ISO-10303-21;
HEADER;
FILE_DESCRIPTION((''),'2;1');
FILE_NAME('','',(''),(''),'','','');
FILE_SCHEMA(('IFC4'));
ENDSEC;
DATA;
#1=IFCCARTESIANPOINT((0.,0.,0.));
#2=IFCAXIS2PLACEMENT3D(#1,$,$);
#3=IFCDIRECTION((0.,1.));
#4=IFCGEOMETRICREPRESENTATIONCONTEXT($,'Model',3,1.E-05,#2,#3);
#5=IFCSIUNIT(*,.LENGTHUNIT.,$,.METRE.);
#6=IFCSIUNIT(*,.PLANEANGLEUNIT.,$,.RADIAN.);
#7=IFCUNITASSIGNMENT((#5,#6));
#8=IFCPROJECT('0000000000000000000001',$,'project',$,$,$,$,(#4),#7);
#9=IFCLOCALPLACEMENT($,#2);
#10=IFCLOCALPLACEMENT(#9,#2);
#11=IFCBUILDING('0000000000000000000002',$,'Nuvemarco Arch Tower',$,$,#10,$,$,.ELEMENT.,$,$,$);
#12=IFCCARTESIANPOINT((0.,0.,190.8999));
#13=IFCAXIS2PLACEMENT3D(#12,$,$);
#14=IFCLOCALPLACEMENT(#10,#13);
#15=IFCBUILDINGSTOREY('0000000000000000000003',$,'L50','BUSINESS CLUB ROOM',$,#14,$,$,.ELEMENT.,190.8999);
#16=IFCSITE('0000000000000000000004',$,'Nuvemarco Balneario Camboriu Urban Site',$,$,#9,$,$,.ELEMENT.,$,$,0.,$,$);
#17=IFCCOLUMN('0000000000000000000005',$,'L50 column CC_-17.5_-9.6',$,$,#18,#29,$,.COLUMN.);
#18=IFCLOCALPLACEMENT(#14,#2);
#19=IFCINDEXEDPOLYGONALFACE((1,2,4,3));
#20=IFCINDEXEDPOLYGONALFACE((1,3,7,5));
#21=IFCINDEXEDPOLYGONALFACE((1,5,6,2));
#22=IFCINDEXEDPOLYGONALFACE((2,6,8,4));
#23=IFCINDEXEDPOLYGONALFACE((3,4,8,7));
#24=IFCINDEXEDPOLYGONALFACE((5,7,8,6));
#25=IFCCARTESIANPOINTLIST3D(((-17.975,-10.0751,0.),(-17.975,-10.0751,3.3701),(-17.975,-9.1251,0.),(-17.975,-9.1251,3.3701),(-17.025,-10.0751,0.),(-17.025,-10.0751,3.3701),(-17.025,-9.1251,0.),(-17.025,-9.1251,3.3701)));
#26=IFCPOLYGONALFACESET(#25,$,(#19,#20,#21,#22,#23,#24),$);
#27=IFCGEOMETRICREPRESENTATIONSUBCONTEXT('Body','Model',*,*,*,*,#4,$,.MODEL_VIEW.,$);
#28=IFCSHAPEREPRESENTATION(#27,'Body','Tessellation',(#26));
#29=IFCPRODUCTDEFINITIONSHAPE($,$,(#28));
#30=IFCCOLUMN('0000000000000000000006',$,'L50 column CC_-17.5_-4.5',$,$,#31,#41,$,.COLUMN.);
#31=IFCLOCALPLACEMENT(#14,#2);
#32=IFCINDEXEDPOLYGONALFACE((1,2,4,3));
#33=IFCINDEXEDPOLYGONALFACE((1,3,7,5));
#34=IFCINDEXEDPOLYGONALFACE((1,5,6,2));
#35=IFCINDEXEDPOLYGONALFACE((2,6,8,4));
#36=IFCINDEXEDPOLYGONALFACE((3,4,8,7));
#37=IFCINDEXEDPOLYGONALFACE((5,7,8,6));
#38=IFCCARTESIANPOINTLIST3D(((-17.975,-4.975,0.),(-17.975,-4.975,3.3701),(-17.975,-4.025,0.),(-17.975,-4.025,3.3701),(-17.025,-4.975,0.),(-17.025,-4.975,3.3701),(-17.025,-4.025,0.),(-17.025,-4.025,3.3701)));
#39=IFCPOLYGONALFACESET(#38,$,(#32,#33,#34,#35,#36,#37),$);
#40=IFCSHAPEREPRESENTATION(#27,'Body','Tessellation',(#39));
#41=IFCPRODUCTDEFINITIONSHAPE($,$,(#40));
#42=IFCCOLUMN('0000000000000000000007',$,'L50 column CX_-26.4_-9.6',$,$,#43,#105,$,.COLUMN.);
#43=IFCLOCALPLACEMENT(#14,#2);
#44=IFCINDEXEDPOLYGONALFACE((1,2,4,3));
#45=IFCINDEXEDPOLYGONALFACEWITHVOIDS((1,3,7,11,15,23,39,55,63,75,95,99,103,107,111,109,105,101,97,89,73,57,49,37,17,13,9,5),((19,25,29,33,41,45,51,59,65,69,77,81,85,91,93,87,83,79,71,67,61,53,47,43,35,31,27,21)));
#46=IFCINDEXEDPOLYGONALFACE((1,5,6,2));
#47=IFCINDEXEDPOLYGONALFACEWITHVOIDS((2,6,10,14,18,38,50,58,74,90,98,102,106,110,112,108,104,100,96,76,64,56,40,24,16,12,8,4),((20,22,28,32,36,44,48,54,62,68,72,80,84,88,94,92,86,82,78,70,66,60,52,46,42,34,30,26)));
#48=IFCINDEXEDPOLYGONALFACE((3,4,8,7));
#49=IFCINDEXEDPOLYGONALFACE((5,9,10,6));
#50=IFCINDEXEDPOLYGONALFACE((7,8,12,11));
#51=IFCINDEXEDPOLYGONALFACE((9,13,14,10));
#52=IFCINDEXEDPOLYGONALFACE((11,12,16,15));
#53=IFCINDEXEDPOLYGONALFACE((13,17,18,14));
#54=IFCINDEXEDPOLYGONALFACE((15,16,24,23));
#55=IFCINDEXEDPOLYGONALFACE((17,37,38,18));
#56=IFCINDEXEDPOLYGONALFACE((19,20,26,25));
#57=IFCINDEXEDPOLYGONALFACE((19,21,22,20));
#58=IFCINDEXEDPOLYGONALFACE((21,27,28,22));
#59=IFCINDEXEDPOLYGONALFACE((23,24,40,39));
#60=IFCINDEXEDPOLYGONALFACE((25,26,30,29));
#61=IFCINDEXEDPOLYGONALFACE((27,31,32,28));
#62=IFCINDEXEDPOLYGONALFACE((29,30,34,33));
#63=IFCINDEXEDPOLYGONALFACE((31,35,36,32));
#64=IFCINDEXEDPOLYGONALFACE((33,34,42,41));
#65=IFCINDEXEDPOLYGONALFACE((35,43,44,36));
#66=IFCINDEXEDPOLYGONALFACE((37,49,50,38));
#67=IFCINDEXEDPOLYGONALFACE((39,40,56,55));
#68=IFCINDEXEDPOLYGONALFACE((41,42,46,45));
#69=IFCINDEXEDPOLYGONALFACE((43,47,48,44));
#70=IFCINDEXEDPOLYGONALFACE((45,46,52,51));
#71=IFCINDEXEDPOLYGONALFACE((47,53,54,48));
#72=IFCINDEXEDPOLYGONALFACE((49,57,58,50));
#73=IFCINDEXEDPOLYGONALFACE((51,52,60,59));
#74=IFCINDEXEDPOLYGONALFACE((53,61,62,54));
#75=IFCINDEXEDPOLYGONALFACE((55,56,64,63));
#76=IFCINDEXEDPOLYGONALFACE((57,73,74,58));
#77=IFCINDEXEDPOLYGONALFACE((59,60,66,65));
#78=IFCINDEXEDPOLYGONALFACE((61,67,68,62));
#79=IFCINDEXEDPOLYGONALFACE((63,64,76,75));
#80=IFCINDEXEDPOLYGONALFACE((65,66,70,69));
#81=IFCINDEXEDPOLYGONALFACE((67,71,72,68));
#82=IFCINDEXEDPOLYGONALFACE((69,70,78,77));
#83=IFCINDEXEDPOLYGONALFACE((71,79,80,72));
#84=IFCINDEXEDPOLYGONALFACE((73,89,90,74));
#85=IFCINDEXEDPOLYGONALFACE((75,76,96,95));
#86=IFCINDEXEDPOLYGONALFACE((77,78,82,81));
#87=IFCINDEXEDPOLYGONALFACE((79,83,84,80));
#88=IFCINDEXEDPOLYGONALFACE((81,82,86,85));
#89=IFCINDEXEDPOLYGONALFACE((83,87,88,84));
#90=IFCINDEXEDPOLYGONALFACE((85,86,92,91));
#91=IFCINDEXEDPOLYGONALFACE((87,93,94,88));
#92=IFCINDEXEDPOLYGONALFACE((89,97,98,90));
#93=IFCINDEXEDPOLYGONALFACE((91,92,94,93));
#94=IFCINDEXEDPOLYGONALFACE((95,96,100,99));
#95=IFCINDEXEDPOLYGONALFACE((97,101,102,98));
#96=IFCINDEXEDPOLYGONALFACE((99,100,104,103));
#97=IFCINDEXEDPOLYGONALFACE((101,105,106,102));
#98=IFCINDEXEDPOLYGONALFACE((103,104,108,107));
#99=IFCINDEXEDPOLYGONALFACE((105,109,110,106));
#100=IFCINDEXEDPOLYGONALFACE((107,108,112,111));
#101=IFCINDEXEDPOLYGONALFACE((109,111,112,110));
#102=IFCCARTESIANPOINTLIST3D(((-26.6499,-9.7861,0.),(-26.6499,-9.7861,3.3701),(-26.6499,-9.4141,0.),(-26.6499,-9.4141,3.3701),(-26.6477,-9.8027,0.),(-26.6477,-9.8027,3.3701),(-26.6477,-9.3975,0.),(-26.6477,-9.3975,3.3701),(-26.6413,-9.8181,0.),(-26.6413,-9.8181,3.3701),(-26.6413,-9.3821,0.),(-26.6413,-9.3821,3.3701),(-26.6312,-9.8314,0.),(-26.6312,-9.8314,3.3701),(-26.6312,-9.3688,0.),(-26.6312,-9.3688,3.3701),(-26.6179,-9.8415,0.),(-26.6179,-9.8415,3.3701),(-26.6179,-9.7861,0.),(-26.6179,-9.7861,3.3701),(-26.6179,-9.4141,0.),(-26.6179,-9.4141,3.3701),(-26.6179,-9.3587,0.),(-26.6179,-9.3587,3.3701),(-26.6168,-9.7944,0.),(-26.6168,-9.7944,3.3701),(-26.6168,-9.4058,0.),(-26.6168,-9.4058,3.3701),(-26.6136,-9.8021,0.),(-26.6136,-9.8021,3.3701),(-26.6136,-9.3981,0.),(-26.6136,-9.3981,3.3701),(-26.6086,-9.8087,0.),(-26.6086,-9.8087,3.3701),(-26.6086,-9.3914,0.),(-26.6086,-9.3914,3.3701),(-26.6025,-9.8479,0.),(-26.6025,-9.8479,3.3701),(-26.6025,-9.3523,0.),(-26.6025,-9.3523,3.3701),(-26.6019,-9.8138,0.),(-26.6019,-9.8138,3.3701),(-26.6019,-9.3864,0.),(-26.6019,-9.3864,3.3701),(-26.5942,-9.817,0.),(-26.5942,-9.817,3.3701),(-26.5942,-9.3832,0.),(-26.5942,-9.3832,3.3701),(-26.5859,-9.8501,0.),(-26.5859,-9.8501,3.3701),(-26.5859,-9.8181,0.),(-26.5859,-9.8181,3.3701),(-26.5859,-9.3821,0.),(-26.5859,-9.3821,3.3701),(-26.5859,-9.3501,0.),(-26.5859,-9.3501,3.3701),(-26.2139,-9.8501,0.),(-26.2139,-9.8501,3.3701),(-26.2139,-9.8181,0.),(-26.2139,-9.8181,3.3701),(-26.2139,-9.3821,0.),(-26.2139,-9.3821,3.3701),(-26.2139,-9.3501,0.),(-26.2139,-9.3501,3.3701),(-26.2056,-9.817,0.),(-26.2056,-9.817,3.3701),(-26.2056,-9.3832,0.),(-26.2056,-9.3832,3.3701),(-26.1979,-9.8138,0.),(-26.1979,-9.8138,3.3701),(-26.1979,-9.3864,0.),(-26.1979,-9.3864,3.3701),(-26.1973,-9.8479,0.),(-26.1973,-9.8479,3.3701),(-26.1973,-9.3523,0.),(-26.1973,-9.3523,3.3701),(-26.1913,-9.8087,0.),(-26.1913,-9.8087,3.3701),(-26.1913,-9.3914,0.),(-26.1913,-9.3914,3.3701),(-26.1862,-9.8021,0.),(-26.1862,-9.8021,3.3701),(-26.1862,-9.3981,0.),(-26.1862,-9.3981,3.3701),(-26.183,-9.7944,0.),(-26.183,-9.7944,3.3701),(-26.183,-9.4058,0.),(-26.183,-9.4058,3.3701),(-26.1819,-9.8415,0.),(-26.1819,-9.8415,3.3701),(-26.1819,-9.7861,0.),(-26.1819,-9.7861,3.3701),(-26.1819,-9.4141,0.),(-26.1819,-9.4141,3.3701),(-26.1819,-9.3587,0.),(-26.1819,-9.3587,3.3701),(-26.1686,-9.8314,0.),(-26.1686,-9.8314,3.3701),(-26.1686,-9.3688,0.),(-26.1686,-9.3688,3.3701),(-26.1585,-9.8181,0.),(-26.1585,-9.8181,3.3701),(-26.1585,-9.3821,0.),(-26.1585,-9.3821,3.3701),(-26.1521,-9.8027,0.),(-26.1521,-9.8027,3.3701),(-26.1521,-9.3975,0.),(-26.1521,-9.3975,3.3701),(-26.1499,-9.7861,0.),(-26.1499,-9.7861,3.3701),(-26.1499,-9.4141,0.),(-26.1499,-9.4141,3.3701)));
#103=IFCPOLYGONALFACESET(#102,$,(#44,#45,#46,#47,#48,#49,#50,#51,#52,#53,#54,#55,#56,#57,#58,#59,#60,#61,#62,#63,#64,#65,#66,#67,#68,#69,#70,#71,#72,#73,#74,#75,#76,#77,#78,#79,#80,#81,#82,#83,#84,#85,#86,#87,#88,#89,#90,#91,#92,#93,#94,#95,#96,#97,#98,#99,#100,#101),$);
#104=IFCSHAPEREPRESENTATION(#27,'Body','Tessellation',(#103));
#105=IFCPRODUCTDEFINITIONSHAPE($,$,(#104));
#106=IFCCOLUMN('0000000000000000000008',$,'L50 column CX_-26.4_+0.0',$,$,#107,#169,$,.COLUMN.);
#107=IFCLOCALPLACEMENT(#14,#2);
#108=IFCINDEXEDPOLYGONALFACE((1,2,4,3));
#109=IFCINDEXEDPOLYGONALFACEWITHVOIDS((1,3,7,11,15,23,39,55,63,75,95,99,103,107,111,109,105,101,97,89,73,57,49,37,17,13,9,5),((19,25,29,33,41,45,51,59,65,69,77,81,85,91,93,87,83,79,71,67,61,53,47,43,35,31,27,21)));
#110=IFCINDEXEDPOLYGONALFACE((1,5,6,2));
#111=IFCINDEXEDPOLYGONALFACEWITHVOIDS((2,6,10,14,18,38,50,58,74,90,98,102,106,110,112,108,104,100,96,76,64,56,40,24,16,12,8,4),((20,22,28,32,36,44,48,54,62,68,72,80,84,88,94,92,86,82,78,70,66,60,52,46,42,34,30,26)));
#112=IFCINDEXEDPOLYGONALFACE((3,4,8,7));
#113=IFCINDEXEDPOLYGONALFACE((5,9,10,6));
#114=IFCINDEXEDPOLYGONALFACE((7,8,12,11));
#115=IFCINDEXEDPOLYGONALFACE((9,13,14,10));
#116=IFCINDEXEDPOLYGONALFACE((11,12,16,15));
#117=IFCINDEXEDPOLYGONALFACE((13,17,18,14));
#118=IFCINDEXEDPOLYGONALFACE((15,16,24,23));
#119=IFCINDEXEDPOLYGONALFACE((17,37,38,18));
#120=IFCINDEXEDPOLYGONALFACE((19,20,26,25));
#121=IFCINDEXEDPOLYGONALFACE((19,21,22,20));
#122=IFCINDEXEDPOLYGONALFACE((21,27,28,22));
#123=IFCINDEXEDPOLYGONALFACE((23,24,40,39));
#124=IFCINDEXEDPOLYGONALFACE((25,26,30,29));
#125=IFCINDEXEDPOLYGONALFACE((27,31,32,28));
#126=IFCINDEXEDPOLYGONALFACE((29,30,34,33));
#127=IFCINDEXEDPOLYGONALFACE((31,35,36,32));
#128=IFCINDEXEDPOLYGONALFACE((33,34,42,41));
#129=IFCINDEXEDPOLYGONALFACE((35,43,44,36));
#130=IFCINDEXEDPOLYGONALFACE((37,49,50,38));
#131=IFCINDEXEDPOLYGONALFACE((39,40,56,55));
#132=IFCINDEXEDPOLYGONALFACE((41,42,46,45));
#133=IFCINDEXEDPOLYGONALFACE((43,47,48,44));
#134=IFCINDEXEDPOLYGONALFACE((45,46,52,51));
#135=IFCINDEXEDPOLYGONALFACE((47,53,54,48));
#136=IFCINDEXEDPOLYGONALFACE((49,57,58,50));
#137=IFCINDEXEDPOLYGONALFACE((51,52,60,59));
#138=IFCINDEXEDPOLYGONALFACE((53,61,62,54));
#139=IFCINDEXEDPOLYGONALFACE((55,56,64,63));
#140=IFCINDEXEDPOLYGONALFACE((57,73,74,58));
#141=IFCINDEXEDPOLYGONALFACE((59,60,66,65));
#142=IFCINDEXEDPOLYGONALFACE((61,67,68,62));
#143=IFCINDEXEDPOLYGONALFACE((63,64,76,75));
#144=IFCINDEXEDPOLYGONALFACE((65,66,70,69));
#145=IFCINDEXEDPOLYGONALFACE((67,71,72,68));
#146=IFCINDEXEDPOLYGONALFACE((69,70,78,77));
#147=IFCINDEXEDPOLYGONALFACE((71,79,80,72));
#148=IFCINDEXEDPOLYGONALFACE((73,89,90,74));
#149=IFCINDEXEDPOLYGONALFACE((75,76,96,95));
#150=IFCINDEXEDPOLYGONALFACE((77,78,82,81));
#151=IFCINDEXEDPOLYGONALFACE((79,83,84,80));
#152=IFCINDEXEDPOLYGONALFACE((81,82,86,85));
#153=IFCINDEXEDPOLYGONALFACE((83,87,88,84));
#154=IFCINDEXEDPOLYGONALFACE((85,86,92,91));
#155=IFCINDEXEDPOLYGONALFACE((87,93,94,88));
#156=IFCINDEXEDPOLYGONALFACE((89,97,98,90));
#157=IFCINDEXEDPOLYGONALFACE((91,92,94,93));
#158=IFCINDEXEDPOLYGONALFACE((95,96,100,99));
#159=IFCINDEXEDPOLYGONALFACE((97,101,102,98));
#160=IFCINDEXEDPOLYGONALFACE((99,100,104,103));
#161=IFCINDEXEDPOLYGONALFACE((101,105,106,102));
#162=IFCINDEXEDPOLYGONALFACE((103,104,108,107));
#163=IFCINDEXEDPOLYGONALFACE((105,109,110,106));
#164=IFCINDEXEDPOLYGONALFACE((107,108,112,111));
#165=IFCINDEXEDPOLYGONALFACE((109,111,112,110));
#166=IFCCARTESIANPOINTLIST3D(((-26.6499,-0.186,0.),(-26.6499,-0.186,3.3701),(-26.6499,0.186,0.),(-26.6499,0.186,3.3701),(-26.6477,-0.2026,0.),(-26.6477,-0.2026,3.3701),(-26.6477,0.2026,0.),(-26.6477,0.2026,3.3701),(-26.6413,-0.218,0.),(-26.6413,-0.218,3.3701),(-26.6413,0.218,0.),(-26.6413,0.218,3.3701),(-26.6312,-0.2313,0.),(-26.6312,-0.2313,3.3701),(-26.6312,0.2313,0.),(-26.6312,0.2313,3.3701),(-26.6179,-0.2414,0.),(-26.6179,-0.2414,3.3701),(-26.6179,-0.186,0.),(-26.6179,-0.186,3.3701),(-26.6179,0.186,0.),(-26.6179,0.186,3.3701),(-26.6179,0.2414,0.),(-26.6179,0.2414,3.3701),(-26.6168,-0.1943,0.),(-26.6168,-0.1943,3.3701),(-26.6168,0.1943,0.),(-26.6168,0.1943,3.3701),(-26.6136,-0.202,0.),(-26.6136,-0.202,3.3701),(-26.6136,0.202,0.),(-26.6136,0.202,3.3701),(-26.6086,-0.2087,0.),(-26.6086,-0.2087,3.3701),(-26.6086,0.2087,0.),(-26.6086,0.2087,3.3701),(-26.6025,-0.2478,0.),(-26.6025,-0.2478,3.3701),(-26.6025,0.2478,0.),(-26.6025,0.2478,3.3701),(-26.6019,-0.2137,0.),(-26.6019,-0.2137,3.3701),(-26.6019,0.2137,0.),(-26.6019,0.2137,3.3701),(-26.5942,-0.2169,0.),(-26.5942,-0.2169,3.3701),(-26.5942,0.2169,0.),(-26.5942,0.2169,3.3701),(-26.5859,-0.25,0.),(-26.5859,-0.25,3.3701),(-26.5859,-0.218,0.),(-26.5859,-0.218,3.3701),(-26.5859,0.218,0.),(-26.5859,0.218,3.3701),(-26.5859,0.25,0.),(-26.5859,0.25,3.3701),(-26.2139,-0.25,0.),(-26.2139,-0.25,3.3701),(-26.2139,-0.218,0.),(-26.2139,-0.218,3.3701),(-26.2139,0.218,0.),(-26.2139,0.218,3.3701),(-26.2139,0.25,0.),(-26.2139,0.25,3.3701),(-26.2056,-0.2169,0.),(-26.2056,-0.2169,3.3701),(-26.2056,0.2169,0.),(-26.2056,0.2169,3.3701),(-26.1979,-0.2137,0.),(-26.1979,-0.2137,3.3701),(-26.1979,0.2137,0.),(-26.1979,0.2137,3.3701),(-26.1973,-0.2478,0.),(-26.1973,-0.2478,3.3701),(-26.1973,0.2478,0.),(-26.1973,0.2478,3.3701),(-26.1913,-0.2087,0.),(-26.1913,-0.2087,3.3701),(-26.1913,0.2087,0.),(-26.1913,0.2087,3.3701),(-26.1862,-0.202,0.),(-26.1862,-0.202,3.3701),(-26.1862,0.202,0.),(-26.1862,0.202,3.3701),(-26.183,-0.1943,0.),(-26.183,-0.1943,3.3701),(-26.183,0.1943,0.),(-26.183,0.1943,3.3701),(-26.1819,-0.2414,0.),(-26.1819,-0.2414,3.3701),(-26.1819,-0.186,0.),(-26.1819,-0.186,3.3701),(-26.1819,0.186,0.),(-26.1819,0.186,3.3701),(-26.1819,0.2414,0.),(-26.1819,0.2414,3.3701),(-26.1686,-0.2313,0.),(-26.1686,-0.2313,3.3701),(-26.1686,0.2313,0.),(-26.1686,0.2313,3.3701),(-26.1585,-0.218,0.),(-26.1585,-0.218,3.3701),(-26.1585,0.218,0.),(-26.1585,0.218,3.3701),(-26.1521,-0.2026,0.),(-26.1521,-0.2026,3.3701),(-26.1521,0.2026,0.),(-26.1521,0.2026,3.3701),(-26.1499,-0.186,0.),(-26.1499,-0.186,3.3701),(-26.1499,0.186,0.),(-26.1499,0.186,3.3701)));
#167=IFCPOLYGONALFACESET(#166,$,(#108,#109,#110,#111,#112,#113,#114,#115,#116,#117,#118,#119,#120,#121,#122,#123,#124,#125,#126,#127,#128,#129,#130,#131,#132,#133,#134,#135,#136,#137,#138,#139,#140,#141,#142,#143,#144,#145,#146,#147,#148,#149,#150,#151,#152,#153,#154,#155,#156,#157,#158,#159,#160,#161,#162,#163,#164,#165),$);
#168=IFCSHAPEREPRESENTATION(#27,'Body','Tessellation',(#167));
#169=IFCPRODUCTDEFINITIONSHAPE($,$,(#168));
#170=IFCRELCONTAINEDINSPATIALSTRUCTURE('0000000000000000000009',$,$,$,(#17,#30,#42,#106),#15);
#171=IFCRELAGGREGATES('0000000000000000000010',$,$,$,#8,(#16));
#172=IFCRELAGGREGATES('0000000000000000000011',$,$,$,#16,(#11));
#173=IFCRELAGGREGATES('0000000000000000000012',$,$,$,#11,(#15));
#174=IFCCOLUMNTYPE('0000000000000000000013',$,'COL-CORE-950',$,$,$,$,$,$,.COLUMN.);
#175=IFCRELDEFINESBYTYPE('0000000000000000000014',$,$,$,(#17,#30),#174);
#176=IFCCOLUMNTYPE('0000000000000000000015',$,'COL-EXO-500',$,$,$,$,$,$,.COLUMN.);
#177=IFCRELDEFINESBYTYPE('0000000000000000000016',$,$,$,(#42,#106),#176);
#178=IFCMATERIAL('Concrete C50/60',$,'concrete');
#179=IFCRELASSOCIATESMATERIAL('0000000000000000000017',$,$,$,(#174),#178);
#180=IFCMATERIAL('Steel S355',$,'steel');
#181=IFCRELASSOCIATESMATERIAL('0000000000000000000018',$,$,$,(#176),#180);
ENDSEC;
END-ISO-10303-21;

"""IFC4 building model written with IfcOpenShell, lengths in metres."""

from ifc_helpers import new_model, si_unit, direction, frame, origin, origin_2d, place, context, subcontext, project, spatial, rectangle, hollow_rectangle, extrude, material, material_profile, profile_set, type_object, element, save


model = new_model("IFC4")

# Units and contexts
model_context = context("Model", 3, precision=1e-05, world=origin(), true_north=direction((0.0, 1.0)))
body_context = subcontext(model_context, "Body", "Model", "MODEL_VIEW")
ifc_project = project(units=[si_unit("LENGTHUNIT", "METRE"), si_unit("PLANEANGLEUNIT", "RADIAN")], contexts=[model_context])

# Site, building, storey
site_placement = place(None, origin())
site = spatial("IfcSite", under=ifc_project, at=site_placement, Name="Nuvemarco Balneario Camboriu Urban Site", CompositionType="ELEMENT", RefElevation=0.0)
building_placement = place(site_placement, origin())
building = spatial("IfcBuilding", under=site, at=building_placement, Name="Nuvemarco Arch Tower", CompositionType="ELEMENT")
storey_placement = place(building_placement, frame((0.0, 0.0, 190.8999)))
storey = spatial("IfcBuildingStorey", under=building, at=storey_placement, Name="L50", Description="BUSINESS CLUB ROOM", CompositionType="ELEMENT", Elevation=190.8999)

# Columns
ifc_material_1 = material(Name="Concrete C50/60", Category="concrete")
ifc_material_profile_1 = material_profile(ifc_material_1, rectangle(XDim=0.95, YDim=0.95, at=origin_2d()), Name="RC-COL-950x950")
ifc_profile_set_1 = profile_set([ifc_material_profile_1], Name="Concrete C50/60")
column_type_1 = type_object("IfcColumnType", Name="COL-CORE-950", PredefinedType="COLUMN", material=ifc_profile_set_1)
for number, where, z_axis, x_axis, name in (
    (1, (-17.5, -9.6001, 0.0), (0.0, 0.0, 1.0), (1.0, 0.0, 0.0), "L50 column CC_-17.5_-9.6"),
    (2, (-17.5, -4.5, 0.0), (0.0, 0.0, 1.0), (1.0, 0.0, 0.0), "L50 column CC_-17.5_-4.5"),
):
    element("IfcColumn", number, at=place(storey_placement, frame(where, z_axis=z_axis, x_axis=x_axis)), inside=storey, type_object=column_type_1, Name=name, PredefinedType="COLUMN", context=body_context, shape_type="SweptSolid", body=[
        extrude(rectangle(XDim=0.95, YDim=0.95, at=origin_2d()), origin(), (0.0, 0.0, 1.0), 3.3701),
    ])
ifc_material_2 = material(Name="Steel S355", Category="steel")
ifc_material_profile_2 = material_profile(ifc_material_2, hollow_rectangle(XDim=0.5, YDim=0.5, WallThickness=0.032, InnerFilletRadius=0.032, OuterFilletRadius=0.064, at=origin_2d()), Name="SHS500x500x32")
ifc_profile_set_2 = profile_set([ifc_material_profile_2], Name="Steel S355")
column_type_2 = type_object("IfcColumnType", Name="COL-EXO-500", PredefinedType="COLUMN", material=ifc_profile_set_2)
for number, where, z_axis, x_axis, name in (
    (3, (-26.3999, -9.6001, 0.0), (0.0, 0.0, 1.0), (1.0, 0.0, 0.0), "L50 column CX_-26.4_-9.6"),
    (4, (-26.3999, 0.0, 0.0), (0.0, 0.0, 1.0), (1.0, 0.0, 0.0), "L50 column CX_-26.4_+0.0"),
):
    element("IfcColumn", number, at=place(storey_placement, frame(where, z_axis=z_axis, x_axis=x_axis)), inside=storey, type_object=column_type_2, Name=name, PredefinedType="COLUMN", context=body_context, shape_type="SweptSolid", body=[
        extrude(hollow_rectangle(XDim=0.5, YDim=0.5, WallThickness=0.032, InnerFilletRadius=0.032, OuterFilletRadius=0.064, at=origin_2d()), origin(), (0.0, 0.0, 1.0), 3.3701),
    ])

save(model, "model.ifc")
